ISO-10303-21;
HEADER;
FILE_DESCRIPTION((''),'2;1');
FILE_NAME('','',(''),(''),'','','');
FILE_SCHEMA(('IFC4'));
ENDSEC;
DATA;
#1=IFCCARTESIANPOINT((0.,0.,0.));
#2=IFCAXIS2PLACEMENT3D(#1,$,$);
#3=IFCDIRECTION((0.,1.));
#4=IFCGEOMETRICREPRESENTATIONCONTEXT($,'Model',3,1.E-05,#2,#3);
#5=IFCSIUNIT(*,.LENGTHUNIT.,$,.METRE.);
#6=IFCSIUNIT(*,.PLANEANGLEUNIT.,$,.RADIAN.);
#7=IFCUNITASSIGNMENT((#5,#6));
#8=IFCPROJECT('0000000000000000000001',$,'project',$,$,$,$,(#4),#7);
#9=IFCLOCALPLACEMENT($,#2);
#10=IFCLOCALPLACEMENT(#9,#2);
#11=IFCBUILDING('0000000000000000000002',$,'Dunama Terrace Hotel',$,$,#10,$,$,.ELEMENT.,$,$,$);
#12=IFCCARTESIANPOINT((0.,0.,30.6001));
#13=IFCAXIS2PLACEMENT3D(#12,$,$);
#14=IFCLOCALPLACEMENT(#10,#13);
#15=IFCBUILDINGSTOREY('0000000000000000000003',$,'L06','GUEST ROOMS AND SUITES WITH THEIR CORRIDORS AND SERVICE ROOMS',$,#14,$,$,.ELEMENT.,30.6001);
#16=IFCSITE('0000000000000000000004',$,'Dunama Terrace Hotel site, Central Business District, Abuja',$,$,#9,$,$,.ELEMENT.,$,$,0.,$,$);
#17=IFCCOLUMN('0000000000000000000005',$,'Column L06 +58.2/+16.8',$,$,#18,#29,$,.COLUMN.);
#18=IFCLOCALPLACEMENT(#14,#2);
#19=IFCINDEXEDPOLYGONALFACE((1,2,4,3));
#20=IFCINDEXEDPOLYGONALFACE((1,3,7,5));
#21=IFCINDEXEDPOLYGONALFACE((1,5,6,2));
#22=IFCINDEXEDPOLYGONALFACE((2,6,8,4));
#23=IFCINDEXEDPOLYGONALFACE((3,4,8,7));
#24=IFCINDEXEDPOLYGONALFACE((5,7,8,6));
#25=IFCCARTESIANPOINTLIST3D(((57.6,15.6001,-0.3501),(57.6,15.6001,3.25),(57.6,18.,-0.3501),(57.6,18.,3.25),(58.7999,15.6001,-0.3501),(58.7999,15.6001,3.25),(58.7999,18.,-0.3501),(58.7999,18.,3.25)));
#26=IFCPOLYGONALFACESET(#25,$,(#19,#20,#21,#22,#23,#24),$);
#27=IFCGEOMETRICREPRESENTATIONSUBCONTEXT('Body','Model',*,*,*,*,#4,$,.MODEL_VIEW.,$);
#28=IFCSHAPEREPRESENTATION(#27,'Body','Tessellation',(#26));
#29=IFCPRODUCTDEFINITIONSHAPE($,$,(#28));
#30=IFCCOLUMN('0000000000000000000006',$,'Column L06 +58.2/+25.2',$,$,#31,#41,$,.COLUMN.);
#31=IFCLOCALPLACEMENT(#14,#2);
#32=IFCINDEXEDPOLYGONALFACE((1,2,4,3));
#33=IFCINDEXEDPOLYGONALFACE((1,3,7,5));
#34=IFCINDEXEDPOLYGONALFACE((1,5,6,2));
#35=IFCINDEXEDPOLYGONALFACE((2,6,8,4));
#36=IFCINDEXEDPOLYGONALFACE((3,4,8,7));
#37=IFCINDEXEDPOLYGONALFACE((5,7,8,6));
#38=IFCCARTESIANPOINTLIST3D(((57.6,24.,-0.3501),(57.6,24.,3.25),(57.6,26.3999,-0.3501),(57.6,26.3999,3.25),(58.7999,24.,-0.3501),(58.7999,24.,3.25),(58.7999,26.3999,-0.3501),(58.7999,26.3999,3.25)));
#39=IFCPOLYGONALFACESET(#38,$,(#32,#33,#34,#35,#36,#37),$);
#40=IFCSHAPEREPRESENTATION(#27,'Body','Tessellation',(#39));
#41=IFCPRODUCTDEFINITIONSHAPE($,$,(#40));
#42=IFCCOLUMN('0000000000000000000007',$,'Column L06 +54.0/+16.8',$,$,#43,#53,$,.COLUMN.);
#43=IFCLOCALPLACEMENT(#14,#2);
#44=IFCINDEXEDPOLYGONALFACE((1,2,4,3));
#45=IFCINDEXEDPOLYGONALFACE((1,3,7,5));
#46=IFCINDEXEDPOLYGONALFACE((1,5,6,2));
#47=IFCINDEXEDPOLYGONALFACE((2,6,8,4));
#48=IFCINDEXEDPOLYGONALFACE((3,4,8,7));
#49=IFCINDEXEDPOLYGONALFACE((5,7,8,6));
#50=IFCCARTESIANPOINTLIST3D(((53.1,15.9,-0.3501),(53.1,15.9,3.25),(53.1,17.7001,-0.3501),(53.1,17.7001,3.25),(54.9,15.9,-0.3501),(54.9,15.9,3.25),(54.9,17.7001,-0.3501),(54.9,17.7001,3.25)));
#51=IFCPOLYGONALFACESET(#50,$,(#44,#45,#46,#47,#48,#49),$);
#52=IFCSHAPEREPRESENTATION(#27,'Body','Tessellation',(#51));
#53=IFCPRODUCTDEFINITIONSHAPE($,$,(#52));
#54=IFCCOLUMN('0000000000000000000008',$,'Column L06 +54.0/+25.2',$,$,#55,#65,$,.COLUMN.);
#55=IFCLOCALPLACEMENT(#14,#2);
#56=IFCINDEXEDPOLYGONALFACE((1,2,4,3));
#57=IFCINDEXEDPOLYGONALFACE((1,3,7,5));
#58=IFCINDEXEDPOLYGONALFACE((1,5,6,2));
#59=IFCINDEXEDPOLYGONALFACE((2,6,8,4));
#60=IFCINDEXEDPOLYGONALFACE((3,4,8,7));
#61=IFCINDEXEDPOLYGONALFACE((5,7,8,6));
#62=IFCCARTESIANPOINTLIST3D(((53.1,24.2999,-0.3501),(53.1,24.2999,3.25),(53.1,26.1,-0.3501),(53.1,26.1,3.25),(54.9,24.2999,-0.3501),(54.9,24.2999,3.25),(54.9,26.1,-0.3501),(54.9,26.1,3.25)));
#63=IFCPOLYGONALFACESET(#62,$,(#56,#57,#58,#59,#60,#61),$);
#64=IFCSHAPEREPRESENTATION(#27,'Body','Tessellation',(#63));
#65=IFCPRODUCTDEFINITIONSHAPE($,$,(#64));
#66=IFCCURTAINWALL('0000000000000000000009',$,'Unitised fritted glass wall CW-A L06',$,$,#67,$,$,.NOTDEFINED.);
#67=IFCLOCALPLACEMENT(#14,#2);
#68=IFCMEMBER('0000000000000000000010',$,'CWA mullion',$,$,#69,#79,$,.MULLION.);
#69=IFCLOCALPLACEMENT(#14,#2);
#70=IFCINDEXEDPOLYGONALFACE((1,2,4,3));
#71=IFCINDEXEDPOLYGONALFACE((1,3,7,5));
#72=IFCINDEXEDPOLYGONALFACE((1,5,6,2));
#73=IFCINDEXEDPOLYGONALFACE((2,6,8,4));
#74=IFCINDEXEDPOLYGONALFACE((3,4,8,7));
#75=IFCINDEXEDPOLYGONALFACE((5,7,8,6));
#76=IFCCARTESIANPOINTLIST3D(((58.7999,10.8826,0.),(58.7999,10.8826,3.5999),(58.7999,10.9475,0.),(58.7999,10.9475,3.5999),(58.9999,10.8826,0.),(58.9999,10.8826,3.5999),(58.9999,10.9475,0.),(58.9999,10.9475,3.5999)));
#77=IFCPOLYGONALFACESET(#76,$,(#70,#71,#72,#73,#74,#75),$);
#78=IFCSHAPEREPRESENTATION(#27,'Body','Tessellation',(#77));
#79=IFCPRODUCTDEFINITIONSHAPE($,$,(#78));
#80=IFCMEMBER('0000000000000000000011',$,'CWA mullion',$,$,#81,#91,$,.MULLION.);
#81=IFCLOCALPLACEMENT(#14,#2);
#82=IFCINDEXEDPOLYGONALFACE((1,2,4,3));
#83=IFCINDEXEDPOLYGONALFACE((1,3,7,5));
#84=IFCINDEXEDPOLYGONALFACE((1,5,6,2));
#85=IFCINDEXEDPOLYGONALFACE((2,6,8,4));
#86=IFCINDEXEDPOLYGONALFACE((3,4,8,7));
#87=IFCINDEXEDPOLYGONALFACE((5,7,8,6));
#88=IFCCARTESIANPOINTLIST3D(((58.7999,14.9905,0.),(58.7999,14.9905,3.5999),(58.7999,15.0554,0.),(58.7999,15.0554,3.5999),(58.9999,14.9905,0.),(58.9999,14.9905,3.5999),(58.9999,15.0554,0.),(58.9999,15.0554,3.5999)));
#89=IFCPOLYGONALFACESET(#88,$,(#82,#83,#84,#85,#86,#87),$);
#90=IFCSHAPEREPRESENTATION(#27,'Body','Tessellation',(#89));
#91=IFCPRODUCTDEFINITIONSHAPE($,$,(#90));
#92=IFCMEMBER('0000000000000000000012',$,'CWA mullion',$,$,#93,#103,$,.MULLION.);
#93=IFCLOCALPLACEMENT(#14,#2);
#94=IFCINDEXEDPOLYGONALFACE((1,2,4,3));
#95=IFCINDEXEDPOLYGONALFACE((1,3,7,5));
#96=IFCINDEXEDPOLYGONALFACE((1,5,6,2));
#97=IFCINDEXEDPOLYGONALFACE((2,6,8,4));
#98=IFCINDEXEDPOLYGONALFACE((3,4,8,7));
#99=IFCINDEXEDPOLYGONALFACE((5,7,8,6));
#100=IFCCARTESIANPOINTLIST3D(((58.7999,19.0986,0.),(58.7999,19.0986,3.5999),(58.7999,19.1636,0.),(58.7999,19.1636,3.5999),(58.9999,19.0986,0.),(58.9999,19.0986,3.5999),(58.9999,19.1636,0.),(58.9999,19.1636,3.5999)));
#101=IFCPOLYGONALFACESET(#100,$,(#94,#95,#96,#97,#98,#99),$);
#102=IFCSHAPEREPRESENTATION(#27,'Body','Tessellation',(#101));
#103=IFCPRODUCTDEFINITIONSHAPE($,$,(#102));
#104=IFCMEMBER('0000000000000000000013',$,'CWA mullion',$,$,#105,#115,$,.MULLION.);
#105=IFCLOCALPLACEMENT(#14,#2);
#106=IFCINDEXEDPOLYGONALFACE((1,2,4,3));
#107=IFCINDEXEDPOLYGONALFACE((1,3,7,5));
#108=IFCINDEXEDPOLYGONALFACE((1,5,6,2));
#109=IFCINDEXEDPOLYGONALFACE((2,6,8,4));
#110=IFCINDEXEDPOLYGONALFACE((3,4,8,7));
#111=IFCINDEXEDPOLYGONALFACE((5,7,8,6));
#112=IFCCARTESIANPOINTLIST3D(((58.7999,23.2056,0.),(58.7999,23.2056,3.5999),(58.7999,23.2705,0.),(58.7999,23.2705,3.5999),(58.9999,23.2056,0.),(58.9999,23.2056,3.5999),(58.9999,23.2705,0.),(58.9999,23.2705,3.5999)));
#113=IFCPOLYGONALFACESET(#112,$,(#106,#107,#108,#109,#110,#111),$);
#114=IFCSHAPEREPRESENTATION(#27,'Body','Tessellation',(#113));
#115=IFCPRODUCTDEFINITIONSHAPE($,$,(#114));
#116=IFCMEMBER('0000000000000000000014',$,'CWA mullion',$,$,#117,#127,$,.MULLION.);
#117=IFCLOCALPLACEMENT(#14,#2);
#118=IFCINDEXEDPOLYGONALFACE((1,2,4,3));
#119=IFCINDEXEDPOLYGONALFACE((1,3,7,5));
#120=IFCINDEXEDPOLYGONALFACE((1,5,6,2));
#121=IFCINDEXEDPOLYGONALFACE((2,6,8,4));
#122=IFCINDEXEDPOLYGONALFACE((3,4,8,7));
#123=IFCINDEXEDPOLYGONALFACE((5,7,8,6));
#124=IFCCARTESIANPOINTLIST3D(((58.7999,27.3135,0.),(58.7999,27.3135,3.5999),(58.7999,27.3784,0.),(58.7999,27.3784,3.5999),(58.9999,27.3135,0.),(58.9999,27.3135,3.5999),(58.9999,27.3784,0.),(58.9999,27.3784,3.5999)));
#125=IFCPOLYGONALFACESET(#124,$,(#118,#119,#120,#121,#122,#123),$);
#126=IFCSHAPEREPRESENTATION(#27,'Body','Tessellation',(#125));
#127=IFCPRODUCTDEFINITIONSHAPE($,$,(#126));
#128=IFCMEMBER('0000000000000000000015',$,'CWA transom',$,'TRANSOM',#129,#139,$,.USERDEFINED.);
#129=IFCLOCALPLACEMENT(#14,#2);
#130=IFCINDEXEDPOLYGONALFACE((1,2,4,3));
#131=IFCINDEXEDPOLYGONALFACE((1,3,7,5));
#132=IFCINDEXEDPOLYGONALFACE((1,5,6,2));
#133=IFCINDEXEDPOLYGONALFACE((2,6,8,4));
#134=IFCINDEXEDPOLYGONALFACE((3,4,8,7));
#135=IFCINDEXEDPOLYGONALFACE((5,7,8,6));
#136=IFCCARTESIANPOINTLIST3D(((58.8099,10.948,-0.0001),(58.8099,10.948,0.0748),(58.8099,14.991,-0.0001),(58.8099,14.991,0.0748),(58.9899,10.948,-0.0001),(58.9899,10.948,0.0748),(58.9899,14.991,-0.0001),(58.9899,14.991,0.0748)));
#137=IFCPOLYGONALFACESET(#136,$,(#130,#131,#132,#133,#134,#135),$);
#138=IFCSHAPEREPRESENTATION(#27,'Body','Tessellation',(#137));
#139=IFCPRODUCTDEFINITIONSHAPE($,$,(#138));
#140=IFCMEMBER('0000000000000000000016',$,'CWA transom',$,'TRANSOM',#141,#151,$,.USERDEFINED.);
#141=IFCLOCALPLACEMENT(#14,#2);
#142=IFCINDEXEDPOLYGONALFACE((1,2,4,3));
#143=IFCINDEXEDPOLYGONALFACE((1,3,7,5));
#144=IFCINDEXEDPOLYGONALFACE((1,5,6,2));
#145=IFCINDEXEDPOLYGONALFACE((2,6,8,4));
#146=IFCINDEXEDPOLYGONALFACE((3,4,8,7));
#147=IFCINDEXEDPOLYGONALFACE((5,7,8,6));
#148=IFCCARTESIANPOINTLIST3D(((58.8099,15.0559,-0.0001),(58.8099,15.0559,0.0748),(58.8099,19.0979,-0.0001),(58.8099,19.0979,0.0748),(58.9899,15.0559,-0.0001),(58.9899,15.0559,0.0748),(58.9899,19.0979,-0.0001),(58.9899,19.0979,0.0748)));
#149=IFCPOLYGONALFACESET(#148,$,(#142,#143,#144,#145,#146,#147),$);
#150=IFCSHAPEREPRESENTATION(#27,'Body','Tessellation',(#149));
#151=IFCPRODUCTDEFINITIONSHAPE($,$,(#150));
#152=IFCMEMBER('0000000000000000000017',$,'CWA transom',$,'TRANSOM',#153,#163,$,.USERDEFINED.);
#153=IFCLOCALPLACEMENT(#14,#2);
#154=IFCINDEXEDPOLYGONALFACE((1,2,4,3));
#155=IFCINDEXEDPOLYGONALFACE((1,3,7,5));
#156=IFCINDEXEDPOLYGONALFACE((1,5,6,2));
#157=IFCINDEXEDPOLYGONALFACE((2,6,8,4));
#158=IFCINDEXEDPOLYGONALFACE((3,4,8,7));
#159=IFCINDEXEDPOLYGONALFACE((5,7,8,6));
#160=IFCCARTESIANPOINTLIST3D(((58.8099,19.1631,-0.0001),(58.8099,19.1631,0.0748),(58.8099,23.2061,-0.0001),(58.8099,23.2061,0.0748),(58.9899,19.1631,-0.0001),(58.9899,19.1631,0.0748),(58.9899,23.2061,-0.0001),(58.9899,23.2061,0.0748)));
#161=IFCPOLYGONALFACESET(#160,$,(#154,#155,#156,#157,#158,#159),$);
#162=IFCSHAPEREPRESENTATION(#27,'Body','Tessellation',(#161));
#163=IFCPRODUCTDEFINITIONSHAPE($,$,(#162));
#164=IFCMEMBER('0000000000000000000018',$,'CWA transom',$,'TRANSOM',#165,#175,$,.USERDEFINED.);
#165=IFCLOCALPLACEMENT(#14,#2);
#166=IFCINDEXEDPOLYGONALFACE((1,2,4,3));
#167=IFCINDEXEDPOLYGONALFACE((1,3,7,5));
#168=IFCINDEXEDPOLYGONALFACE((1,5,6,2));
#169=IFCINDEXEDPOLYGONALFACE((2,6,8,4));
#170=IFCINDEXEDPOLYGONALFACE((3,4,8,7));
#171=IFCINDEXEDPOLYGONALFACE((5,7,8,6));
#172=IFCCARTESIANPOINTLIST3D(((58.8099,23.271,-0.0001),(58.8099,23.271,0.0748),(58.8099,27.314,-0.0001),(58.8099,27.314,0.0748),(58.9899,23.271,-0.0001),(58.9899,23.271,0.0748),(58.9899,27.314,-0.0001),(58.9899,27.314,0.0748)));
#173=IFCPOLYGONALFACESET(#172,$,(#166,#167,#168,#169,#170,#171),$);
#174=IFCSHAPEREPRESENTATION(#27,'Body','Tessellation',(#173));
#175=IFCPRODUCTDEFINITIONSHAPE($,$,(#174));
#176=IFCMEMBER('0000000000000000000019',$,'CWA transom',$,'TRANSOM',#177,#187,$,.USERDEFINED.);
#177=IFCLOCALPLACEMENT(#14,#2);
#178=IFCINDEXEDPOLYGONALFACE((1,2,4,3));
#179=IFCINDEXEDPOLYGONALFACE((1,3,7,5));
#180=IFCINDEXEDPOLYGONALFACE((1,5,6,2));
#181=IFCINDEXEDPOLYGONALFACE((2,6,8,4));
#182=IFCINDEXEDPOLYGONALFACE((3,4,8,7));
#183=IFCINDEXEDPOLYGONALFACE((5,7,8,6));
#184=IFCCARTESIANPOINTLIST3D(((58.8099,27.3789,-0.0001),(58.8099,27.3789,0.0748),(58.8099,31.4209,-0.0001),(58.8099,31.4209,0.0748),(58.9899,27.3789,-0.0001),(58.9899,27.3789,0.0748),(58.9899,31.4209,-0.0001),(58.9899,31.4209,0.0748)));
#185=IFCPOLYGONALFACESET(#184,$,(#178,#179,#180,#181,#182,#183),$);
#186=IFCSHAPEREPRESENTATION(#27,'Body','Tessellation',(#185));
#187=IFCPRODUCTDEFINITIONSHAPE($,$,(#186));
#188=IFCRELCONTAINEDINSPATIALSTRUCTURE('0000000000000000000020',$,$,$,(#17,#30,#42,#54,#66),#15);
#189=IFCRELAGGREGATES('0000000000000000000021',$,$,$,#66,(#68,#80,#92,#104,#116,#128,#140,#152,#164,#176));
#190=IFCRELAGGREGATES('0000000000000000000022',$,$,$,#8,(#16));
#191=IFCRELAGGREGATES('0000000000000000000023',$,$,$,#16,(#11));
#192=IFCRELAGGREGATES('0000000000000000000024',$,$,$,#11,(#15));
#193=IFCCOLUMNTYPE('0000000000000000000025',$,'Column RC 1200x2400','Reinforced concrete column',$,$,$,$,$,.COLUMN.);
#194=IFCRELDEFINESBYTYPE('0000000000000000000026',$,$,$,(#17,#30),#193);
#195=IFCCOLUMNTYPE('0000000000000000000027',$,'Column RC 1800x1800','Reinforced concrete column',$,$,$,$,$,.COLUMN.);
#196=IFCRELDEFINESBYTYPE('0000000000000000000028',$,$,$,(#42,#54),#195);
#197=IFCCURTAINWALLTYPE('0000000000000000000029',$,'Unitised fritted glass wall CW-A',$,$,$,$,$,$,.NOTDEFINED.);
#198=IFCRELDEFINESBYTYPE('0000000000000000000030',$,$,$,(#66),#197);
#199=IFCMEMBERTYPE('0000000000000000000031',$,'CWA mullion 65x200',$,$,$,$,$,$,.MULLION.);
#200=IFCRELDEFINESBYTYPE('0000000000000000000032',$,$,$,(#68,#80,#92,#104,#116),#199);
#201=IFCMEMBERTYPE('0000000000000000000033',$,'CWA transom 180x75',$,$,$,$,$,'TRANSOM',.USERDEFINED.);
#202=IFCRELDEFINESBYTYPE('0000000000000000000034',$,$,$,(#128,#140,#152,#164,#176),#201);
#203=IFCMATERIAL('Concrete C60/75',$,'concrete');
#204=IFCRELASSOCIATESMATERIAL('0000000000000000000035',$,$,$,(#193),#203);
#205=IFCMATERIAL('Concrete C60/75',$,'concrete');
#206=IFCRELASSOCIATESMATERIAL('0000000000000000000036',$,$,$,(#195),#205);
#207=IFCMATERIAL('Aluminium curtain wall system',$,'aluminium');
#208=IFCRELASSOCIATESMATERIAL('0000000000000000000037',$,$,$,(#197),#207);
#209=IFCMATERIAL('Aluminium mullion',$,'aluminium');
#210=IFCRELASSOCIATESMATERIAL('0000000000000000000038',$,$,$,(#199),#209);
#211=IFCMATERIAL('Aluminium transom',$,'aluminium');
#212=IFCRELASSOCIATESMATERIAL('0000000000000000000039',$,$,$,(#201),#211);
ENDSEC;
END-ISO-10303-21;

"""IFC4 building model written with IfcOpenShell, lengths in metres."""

from ifc_helpers import new_model, si_unit, direction, frame, origin, origin_2d, place, context, subcontext, project, spatial, rectangle, extrude, material, material_profile, profile_set, type_object, element, aggregate, save


model = new_model("IFC4")

# Units and contexts
model_context = context("Model", 3, precision=1e-05, world=origin(), true_north=direction((0.0, 1.0)))
body_context = subcontext(model_context, "Body", "Model", "MODEL_VIEW")
ifc_project = project(units=[si_unit("LENGTHUNIT", "METRE"), si_unit("PLANEANGLEUNIT", "RADIAN")], contexts=[model_context])

# Site, building, storey
site_placement = place(None, origin())
site = spatial("IfcSite", under=ifc_project, at=site_placement, Name="Dunama Terrace Hotel site, Central Business District, Abuja", CompositionType="ELEMENT", RefElevation=0.0)
building_placement = place(site_placement, origin())
building = spatial("IfcBuilding", under=site, at=building_placement, Name="Dunama Terrace Hotel", CompositionType="ELEMENT")
storey_placement = place(building_placement, frame((0.0, 0.0, 30.6001)))
storey = spatial("IfcBuildingStorey", under=building, at=storey_placement, Name="L06", Description="GUEST ROOMS AND SUITES WITH THEIR CORRIDORS AND SERVICE ROOMS", CompositionType="ELEMENT", Elevation=30.6001)

# Columns
ifc_material_1 = material(Name="Concrete C60/75", Category="concrete")
ifc_material_profile_1 = material_profile(ifc_material_1, rectangle(XDim=1.2, YDim=2.3999, at=origin_2d()), Name="RC 1200x2400")
ifc_profile_set_1 = profile_set([ifc_material_profile_1], Name="Concrete C60/75")
column_type_1 = type_object("IfcColumnType", Name="Column RC 1200x2400", Description="Reinforced concrete column", PredefinedType="COLUMN", material=ifc_profile_set_1)
for number, where, z_axis, x_axis, name in (
    (1, (58.2, 16.8, -0.3501), (0.0, 0.0, 1.0), (1.0, 0.0, 0.0), "Column L06 +58.2/+16.8"),
    (2, (58.2, 25.2, -0.3501), (0.0, 0.0, 1.0), (1.0, 0.0, 0.0), "Column L06 +58.2/+25.2"),
):
    element("IfcColumn", number, at=place(storey_placement, frame(where, z_axis=z_axis, x_axis=x_axis)), inside=storey, type_object=column_type_1, Name=name, PredefinedType="COLUMN", context=body_context, shape_type="SweptSolid", body=[
        extrude(rectangle(XDim=1.2, YDim=2.3999, at=origin_2d()), origin(), (0.0, 0.0, 1.0), 3.6001),
    ])
ifc_material_2 = material(Name="Concrete C60/75", Category="concrete")
ifc_material_profile_2 = material_profile(ifc_material_2, rectangle(XDim=1.8, YDim=1.8, at=origin_2d()), Name="RC 1800x1800")
ifc_profile_set_2 = profile_set([ifc_material_profile_2], Name="Concrete C60/75")
column_type_2 = type_object("IfcColumnType", Name="Column RC 1800x1800", Description="Reinforced concrete column", PredefinedType="COLUMN", material=ifc_profile_set_2)
for number, where, z_axis, x_axis, name in (
    (3, (54.0, 16.8, -0.3501), (0.0, 0.0, 1.0), (1.0, 0.0, 0.0), "Column L06 +54.0/+16.8"),
    (4, (54.0, 25.2, -0.3501), (0.0, 0.0, 1.0), (1.0, 0.0, 0.0), "Column L06 +54.0/+25.2"),
):
    element("IfcColumn", number, at=place(storey_placement, frame(where, z_axis=z_axis, x_axis=x_axis)), inside=storey, type_object=column_type_2, Name=name, PredefinedType="COLUMN", context=body_context, shape_type="SweptSolid", body=[
        extrude(rectangle(XDim=1.8, YDim=1.8, at=origin_2d()), origin(), (0.0, 0.0, 1.0), 3.6001),
    ])

# Curtain wall, members
ifc_material_3 = material(Name="Aluminium curtain wall system", Category="aluminium")
curtain_wall_type = type_object("IfcCurtainWallType", Name="Unitised fritted glass wall CW-A", PredefinedType="NOTDEFINED", material=ifc_material_3)
curtain_wall_placement = place(storey_placement, origin())
curtain_wall = element("IfcCurtainWall", 5, at=curtain_wall_placement, inside=storey, type_object=curtain_wall_type, Name="Unitised fritted glass wall CW-A L06", PredefinedType="NOTDEFINED")
ifc_material_4 = material(Name="Aluminium mullion", Category="aluminium")
ifc_material_profile_3 = material_profile(ifc_material_4, rectangle(XDim=0.0649, YDim=0.2, at=origin_2d()), Name="CWA MULLION 65X200")
ifc_profile_set_3 = profile_set([ifc_material_profile_3], Name="Aluminium mullion")
member_type_1 = type_object("IfcMemberType", Name="CWA mullion 65x200", PredefinedType="MULLION", material=ifc_profile_set_3)
member_1_placement = place(storey_placement, frame((58.8999, 10.915, 0.0), z_axis=(0.0, 0.0, 1.0), x_axis=(0.0, 1.0, 0.0)))
member_1 = element("IfcMember", 6, at=member_1_placement, type_object=member_type_1, Name="CWA mullion", PredefinedType="MULLION", context=body_context, shape_type="SweptSolid", body=[
    extrude(rectangle(XDim=0.0649, YDim=0.2, at=origin_2d()), origin(), (0.0, 0.0, 1.0), 3.5999),
])
member_2_placement = place(storey_placement, frame((58.8999, 15.0229, 0.0), z_axis=(0.0, 0.0, 1.0), x_axis=(0.0, 1.0, 0.0)))
member_2 = element("IfcMember", 7, at=member_2_placement, type_object=member_type_1, Name="CWA mullion", PredefinedType="MULLION", context=body_context, shape_type="SweptSolid", body=[
    extrude(rectangle(XDim=0.0649, YDim=0.2, at=origin_2d()), origin(), (0.0, 0.0, 1.0), 3.5999),
])
member_3_placement = place(storey_placement, frame((58.8999, 19.1311, 0.0), z_axis=(0.0, 0.0, 1.0), x_axis=(0.0, 1.0, 0.0)))
member_3 = element("IfcMember", 8, at=member_3_placement, type_object=member_type_1, Name="CWA mullion", PredefinedType="MULLION", context=body_context, shape_type="SweptSolid", body=[
    extrude(rectangle(XDim=0.0649, YDim=0.2, at=origin_2d()), origin(), (0.0, 0.0, 1.0), 3.5999),
])
member_4_placement = place(storey_placement, frame((58.8999, 23.238, 0.0), z_axis=(0.0, 0.0, 1.0), x_axis=(0.0, 1.0, 0.0)))
member_4 = element("IfcMember", 9, at=member_4_placement, type_object=member_type_1, Name="CWA mullion", PredefinedType="MULLION", context=body_context, shape_type="SweptSolid", body=[
    extrude(rectangle(XDim=0.0649, YDim=0.2, at=origin_2d()), origin(), (0.0, 0.0, 1.0), 3.5999),
])
member_5_placement = place(storey_placement, frame((58.8999, 27.3459, 0.0), z_axis=(0.0, 0.0, 1.0), x_axis=(0.0, 1.0, 0.0)))
member_5 = element("IfcMember", 10, at=member_5_placement, type_object=member_type_1, Name="CWA mullion", PredefinedType="MULLION", context=body_context, shape_type="SweptSolid", body=[
    extrude(rectangle(XDim=0.0649, YDim=0.2, at=origin_2d()), origin(), (0.0, 0.0, 1.0), 3.5999),
])
ifc_material_5 = material(Name="Aluminium transom", Category="aluminium")
ifc_material_profile_4 = material_profile(ifc_material_5, rectangle(XDim=0.1799, YDim=0.075, at=origin_2d()), Name="CWA TRANSOM 180X75")
ifc_profile_set_4 = profile_set([ifc_material_profile_4], Name="Aluminium transom")
member_type_2 = type_object("IfcMemberType", Name="CWA transom 180x75", ElementType="TRANSOM", PredefinedType="USERDEFINED", material=ifc_profile_set_4)
member_6_placement = place(storey_placement, frame((58.8999, 10.948, 0.0374), z_axis=(0.0, 1.0, 0.0), x_axis=(-1.0, 0.0, 0.0)))
member_6 = element("IfcMember", 11, at=member_6_placement, type_object=member_type_2, Name="CWA transom", ObjectType="TRANSOM", PredefinedType="USERDEFINED", context=body_context, shape_type="SweptSolid", body=[
    extrude(rectangle(XDim=0.1799, YDim=0.075, at=origin_2d()), origin(), (0.0, 0.0, 1.0), 4.043),
])
member_7_placement = place(storey_placement, frame((58.8999, 15.0559, 0.0374), z_axis=(0.0, 1.0, 0.0), x_axis=(-1.0, 0.0, 0.0)))
member_7 = element("IfcMember", 12, at=member_7_placement, type_object=member_type_2, Name="CWA transom", ObjectType="TRANSOM", PredefinedType="USERDEFINED", context=body_context, shape_type="SweptSolid", body=[
    extrude(rectangle(XDim=0.1799, YDim=0.075, at=origin_2d()), origin(), (0.0, 0.0, 1.0), 4.042),
])
member_8_placement = place(storey_placement, frame((58.8999, 19.1631, 0.0374), z_axis=(0.0, 1.0, 0.0), x_axis=(-1.0, 0.0, 0.0)))
member_8 = element("IfcMember", 13, at=member_8_placement, type_object=member_type_2, Name="CWA transom", ObjectType="TRANSOM", PredefinedType="USERDEFINED", context=body_context, shape_type="SweptSolid", body=[
    extrude(rectangle(XDim=0.1799, YDim=0.075, at=origin_2d()), origin(), (0.0, 0.0, 1.0), 4.043),
])
member_9_placement = place(storey_placement, frame((58.8999, 23.271, 0.0374), z_axis=(0.0, 1.0, 0.0), x_axis=(-1.0, 0.0, 0.0)))
member_9 = element("IfcMember", 14, at=member_9_placement, type_object=member_type_2, Name="CWA transom", ObjectType="TRANSOM", PredefinedType="USERDEFINED", context=body_context, shape_type="SweptSolid", body=[
    extrude(rectangle(XDim=0.1799, YDim=0.075, at=origin_2d()), origin(), (0.0, 0.0, 1.0), 4.043),
])
member_10_placement = place(storey_placement, frame((58.8999, 27.3789, 0.0374), z_axis=(0.0, 1.0, 0.0), x_axis=(-1.0, 0.0, 0.0)))
member_10 = element("IfcMember", 15, at=member_10_placement, type_object=member_type_2, Name="CWA transom", ObjectType="TRANSOM", PredefinedType="USERDEFINED", context=body_context, shape_type="SweptSolid", body=[
    extrude(rectangle(XDim=0.1799, YDim=0.075, at=origin_2d()), origin(), (0.0, 0.0, 1.0), 4.042),
])

aggregate(curtain_wall, [member_1, member_2, member_3, member_4, member_5, member_6, member_7, member_8, member_9, member_10])

save(model, "model.ifc")
